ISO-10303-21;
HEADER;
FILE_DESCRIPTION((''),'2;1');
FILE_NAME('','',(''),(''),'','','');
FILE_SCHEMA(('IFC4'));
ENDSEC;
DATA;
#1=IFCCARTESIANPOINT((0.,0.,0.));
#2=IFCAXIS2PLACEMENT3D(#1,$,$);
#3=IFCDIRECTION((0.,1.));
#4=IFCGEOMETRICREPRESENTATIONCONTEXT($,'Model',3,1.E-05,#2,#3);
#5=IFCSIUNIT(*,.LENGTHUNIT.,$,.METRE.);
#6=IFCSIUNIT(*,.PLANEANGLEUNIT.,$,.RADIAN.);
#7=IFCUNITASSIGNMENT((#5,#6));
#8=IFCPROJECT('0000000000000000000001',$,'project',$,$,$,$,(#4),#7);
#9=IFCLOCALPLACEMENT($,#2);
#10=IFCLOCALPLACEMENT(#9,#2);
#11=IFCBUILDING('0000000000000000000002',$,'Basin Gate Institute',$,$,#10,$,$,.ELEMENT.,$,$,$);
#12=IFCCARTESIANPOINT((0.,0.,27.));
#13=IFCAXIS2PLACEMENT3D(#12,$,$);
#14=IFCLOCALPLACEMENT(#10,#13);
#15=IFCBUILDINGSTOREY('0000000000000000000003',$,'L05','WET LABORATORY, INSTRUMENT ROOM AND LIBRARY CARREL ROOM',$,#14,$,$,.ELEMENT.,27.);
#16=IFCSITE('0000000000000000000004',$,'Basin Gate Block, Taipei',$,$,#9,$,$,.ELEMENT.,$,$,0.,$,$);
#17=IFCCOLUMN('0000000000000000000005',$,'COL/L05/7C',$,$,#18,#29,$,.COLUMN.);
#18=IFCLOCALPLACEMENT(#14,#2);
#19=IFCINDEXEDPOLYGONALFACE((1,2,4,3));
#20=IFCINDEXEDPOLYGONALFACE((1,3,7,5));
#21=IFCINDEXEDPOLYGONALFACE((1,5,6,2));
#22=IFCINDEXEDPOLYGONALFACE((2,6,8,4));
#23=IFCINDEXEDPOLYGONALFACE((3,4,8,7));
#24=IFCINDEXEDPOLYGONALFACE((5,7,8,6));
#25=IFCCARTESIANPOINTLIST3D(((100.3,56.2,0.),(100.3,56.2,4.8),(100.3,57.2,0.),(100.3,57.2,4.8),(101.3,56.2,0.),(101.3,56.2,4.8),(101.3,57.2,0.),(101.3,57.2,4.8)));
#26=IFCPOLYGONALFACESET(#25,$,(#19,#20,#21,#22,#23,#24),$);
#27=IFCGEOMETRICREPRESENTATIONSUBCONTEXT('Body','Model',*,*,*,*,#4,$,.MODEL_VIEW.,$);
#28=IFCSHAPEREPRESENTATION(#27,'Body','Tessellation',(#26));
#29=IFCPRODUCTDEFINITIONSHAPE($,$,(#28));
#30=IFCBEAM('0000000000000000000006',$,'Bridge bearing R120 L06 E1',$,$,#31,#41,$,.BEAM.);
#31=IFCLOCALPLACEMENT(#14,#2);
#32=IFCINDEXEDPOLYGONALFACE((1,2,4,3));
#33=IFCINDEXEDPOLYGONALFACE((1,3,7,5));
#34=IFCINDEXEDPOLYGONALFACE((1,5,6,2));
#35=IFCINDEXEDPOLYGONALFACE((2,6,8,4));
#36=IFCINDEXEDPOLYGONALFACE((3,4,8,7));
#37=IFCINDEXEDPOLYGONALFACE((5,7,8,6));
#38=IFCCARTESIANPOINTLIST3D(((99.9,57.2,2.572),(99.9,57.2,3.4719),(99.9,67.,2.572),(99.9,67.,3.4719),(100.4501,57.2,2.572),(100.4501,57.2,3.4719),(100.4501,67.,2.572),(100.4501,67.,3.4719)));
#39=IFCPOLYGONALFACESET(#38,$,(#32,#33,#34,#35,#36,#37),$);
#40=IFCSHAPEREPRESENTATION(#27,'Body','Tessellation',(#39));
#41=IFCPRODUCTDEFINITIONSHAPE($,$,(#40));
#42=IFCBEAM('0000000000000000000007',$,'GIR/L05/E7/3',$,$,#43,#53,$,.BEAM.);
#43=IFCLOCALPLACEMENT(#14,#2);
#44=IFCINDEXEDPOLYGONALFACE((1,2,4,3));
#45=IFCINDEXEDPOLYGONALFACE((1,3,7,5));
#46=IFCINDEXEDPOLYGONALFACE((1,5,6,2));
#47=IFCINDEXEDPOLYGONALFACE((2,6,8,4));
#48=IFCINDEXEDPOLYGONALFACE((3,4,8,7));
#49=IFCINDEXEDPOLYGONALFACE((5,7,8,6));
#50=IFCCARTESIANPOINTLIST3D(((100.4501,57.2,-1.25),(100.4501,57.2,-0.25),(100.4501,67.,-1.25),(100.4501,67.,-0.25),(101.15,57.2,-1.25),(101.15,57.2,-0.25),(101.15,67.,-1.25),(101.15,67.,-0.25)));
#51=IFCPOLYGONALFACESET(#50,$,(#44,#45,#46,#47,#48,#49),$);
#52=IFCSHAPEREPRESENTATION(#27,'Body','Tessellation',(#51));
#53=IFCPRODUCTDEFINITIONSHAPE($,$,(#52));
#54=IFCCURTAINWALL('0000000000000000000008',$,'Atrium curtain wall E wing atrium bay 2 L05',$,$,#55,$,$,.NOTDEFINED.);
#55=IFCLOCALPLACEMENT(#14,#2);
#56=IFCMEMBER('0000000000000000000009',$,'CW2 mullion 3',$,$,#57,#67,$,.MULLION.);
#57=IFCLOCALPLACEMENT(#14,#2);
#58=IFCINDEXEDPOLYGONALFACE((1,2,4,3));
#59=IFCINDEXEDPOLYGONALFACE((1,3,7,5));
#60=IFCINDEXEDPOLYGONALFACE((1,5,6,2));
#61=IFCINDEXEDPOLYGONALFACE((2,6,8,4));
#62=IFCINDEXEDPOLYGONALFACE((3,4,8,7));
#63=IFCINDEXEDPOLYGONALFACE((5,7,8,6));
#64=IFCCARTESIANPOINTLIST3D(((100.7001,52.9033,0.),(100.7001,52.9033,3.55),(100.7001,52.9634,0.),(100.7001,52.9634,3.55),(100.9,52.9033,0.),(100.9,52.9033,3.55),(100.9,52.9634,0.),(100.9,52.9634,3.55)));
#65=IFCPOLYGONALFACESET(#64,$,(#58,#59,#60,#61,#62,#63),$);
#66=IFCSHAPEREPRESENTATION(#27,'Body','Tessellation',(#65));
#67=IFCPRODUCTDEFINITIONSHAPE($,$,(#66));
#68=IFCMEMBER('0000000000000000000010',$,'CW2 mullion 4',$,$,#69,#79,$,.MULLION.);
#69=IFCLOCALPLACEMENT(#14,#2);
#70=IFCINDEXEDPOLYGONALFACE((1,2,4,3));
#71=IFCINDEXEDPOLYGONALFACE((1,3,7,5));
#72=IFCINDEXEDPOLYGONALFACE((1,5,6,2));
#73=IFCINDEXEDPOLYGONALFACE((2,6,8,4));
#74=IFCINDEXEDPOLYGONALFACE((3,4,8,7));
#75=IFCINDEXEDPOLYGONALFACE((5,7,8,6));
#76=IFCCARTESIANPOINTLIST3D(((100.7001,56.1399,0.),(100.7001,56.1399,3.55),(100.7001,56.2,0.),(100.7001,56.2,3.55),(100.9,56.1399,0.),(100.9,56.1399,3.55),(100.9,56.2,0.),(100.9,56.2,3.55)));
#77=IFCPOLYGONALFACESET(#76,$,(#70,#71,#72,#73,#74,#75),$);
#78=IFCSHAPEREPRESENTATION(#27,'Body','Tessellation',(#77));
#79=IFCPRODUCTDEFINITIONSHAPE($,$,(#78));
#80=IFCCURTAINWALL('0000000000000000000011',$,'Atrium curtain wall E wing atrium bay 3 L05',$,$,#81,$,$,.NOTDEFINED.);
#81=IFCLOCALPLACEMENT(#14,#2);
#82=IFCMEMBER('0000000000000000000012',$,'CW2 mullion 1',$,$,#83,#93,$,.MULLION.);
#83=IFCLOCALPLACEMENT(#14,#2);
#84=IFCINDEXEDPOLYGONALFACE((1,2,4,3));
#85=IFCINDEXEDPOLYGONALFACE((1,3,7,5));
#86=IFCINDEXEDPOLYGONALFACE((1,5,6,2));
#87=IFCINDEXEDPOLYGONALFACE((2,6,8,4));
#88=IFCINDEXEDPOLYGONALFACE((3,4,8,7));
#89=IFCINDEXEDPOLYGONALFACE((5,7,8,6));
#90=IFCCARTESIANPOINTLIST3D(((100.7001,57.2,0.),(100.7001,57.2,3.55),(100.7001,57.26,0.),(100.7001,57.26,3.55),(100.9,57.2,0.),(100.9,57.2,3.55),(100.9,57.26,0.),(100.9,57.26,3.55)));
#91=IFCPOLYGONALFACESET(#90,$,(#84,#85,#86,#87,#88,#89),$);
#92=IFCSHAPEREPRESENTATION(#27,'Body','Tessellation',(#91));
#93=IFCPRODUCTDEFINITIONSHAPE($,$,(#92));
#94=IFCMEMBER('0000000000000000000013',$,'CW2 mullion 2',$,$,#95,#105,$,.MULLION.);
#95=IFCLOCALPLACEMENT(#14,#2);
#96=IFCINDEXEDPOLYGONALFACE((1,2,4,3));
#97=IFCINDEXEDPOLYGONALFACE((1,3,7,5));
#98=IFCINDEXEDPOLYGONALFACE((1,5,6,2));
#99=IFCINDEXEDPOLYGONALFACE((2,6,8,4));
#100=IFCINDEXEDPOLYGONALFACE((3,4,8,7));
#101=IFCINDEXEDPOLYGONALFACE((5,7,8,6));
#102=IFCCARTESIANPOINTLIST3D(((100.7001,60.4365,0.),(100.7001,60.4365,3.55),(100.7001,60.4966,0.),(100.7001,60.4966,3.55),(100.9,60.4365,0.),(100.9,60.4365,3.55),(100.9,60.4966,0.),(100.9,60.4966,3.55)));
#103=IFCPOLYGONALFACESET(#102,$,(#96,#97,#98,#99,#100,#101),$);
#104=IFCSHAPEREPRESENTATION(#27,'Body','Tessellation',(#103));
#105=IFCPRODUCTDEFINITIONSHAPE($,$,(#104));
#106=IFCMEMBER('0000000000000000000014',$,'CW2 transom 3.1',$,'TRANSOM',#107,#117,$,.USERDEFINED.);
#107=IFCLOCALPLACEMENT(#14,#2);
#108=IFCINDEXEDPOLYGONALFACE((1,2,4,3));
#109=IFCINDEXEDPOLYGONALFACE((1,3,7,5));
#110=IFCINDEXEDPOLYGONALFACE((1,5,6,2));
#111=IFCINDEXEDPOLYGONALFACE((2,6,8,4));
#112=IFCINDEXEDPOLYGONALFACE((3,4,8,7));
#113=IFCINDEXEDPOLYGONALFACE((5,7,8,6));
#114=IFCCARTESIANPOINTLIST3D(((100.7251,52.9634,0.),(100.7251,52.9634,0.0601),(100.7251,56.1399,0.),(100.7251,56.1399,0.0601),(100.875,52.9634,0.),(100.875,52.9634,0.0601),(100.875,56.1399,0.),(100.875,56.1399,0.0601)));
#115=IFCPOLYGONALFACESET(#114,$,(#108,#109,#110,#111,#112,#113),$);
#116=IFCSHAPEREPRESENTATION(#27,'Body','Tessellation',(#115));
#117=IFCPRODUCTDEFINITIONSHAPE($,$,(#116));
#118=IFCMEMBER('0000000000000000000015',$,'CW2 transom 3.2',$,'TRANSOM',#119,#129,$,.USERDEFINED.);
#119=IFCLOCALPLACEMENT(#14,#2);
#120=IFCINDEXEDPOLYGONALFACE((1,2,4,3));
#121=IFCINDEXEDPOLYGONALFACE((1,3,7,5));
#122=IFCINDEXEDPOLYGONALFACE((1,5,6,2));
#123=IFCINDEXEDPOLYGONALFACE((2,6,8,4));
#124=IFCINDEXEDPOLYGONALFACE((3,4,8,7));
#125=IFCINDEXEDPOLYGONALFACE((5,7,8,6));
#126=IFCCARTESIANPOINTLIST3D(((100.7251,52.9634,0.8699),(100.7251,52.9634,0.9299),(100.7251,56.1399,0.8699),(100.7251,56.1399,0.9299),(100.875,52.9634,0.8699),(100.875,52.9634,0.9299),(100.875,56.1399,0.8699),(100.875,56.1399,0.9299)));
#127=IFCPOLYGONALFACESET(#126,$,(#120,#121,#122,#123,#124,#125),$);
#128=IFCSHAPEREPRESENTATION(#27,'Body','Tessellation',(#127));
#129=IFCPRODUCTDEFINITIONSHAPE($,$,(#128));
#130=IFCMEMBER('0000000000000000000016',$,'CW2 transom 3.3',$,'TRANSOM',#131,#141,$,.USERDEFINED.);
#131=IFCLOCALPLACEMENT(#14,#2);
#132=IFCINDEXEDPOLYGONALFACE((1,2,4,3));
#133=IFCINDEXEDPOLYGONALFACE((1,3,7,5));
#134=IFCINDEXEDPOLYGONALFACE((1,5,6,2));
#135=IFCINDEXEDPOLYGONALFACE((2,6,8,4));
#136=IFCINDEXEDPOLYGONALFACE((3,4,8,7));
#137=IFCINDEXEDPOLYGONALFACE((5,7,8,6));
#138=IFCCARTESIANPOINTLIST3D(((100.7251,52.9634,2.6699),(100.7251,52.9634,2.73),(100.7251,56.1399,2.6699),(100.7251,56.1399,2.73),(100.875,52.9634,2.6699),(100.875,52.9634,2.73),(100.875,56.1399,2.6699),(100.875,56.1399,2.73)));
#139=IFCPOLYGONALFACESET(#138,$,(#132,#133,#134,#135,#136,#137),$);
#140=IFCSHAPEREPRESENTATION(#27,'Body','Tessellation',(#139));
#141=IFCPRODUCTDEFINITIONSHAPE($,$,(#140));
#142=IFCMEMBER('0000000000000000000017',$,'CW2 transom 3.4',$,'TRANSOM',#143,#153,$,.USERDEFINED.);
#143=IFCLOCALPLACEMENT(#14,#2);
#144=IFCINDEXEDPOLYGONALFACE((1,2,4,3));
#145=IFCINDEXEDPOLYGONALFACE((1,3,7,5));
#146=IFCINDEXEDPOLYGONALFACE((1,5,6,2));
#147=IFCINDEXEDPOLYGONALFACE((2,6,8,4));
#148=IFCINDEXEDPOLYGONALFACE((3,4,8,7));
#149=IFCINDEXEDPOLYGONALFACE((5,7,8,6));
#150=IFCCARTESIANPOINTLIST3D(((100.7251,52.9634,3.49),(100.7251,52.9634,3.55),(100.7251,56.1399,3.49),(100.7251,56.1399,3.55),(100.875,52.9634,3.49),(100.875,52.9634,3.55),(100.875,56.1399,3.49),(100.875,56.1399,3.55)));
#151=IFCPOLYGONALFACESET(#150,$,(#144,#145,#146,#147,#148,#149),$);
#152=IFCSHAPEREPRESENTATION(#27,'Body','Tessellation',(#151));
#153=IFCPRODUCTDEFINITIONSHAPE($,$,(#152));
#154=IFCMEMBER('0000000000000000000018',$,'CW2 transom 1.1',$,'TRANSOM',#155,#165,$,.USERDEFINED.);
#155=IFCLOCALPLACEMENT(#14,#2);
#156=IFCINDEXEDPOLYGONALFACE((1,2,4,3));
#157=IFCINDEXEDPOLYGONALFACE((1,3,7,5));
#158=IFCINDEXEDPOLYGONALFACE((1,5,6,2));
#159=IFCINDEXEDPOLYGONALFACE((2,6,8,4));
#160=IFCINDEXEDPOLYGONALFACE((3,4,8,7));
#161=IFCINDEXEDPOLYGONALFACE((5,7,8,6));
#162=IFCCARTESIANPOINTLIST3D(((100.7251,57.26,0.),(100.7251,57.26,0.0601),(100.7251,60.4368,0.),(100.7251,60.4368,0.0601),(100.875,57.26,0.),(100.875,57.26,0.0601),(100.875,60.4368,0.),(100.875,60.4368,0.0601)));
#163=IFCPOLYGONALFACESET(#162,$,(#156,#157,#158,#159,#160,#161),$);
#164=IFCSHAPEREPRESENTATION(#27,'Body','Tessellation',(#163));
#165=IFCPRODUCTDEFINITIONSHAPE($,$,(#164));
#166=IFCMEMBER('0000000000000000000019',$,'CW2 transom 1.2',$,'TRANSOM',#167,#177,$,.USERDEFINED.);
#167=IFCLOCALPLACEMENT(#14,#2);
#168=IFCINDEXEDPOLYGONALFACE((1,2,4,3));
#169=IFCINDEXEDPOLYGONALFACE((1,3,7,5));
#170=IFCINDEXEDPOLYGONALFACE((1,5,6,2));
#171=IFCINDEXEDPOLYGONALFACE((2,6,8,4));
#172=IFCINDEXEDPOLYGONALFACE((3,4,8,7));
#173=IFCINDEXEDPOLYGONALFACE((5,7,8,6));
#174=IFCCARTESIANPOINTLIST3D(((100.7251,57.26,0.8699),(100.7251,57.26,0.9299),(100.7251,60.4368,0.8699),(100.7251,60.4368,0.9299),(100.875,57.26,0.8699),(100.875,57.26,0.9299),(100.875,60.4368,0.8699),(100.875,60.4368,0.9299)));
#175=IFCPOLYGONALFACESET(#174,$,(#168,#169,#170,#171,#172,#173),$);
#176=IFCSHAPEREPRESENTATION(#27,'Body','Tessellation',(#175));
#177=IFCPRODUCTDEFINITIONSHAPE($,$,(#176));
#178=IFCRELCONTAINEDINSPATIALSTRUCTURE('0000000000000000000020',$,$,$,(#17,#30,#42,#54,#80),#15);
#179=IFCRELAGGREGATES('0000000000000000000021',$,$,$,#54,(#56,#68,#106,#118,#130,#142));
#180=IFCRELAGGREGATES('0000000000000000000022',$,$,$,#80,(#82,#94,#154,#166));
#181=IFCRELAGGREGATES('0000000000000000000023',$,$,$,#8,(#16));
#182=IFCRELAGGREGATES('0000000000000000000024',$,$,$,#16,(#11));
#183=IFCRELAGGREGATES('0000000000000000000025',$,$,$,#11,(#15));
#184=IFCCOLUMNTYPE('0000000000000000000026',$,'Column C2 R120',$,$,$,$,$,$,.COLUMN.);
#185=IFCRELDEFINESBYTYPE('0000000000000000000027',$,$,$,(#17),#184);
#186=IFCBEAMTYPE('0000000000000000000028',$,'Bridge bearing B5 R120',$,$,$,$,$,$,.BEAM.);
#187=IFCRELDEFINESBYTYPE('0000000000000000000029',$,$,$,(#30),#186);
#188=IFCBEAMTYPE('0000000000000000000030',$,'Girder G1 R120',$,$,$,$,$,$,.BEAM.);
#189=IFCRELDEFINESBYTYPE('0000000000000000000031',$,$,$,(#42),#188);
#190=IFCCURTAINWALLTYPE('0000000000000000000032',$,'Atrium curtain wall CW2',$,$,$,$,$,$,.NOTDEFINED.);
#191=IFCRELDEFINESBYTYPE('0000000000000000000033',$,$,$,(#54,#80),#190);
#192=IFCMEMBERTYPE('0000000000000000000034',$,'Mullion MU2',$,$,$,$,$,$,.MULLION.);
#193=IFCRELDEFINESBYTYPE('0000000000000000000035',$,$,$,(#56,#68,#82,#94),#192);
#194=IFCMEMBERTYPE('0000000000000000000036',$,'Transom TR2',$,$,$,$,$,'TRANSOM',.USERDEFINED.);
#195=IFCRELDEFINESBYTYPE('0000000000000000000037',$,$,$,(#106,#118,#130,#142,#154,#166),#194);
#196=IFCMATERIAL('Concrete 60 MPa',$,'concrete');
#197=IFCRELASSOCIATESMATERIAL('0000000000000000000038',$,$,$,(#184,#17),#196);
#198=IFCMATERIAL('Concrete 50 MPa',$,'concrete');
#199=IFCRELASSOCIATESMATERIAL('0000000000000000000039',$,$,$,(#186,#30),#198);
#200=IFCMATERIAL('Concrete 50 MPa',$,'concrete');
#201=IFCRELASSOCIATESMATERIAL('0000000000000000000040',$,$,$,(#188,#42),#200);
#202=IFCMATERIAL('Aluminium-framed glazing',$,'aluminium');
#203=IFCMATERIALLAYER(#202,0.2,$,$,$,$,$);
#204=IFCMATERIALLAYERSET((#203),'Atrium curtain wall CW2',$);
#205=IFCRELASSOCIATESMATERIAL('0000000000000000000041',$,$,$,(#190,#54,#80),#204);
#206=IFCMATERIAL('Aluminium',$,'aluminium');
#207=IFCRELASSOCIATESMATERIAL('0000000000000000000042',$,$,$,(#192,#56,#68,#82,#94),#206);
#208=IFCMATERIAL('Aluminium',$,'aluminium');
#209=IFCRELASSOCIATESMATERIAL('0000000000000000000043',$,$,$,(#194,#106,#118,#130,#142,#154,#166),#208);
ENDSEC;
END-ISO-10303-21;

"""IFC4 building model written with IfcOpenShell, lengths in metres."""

from ifc_helpers import new_model, si_unit, direction, frame, origin, origin_2d, place, context, subcontext, project, spatial, rectangle, extrude, material, layer, layer_set, material_profile, profile_set, type_object, element, aggregate, save


model = new_model("IFC4")

# Units and contexts
model_context = context("Model", 3, precision=1e-05, world=origin(), true_north=direction((0.0, 1.0)))
body_context = subcontext(model_context, "Body", "Model", "MODEL_VIEW")
ifc_project = project(units=[si_unit("LENGTHUNIT", "METRE"), si_unit("PLANEANGLEUNIT", "RADIAN")], contexts=[model_context])

# Site, building, storey
site_placement = place(None, origin())
site = spatial("IfcSite", under=ifc_project, at=site_placement, Name="Basin Gate Block, Taipei", CompositionType="ELEMENT", RefElevation=0.0)
building_placement = place(site_placement, origin())
building = spatial("IfcBuilding", under=site, at=building_placement, Name="Basin Gate Institute", CompositionType="ELEMENT")
storey_placement = place(building_placement, frame((0.0, 0.0, 27.0)))
storey = spatial("IfcBuildingStorey", under=building, at=storey_placement, Name="L05", Description="WET LABORATORY, INSTRUMENT ROOM AND LIBRARY CARREL ROOM", CompositionType="ELEMENT", Elevation=27.0)

# Column
ifc_material_1 = material(Name="Concrete 60 MPa", Category="concrete")
ifc_material_profile_1 = material_profile(ifc_material_1, rectangle(XDim=1.0, YDim=1.0, at=origin_2d()), Name="Column C2 1000 x 1000")
ifc_profile_set_1 = profile_set([ifc_material_profile_1], Name="Concrete 60 MPa")
column_type = type_object("IfcColumnType", Name="Column C2 R120", PredefinedType="COLUMN", material=ifc_profile_set_1)
column_placement = place(storey_placement, frame((100.8, 56.7, 0.0), z_axis=(0.0, 0.0, 1.0), x_axis=(1.0, 0.0, 0.0)))
element("IfcColumn", 1, at=column_placement, inside=storey, type_object=column_type, material=ifc_profile_set_1, Name="COL/L05/7C", PredefinedType="COLUMN", context=body_context, shape_type="SweptSolid", body=[
    extrude(rectangle(XDim=1.0, YDim=1.0, at=origin_2d()), origin(), (0.0, 0.0, 1.0), 4.8),
])

# Beams
ifc_material_2 = material(Name="Concrete 50 MPa", Category="concrete")
ifc_material_profile_2 = material_profile(ifc_material_2, rectangle(XDim=0.55, YDim=0.8999, at=origin_2d()), Name="Bridge bearing B5 550 x 900")
ifc_profile_set_2 = profile_set([ifc_material_profile_2], Name="Concrete 50 MPa")
beam_type_1 = type_object("IfcBeamType", Name="Bridge bearing B5 R120", PredefinedType="BEAM", material=ifc_profile_set_2)
beam_1_placement = place(storey_placement, frame((100.175, 57.2, 3.022), z_axis=(0.0, 1.0, 0.0), x_axis=(-1.0, 0.0, 0.0)))
element("IfcBeam", 2, at=beam_1_placement, inside=storey, type_object=beam_type_1, material=ifc_profile_set_2, Name="Bridge bearing R120 L06 E1", PredefinedType="BEAM", context=body_context, shape_type="SweptSolid", body=[
    extrude(rectangle(XDim=0.55, YDim=0.8999, at=origin_2d()), origin(), (0.0, 0.0, 1.0), 9.8),
])
ifc_material_3 = material(Name="Concrete 50 MPa", Category="concrete")
ifc_material_profile_3 = material_profile(ifc_material_3, rectangle(XDim=0.7, YDim=1.0, at=origin_2d()), Name="Girder G1 700 x 1000")
ifc_profile_set_3 = profile_set([ifc_material_profile_3], Name="Concrete 50 MPa")
beam_type_2 = type_object("IfcBeamType", Name="Girder G1 R120", PredefinedType="BEAM", material=ifc_profile_set_3)
beam_2_placement = place(storey_placement, frame((100.8, 57.2, -0.75), z_axis=(0.0, 1.0, 0.0), x_axis=(-1.0, 0.0, 0.0)))
element("IfcBeam", 3, at=beam_2_placement, inside=storey, type_object=beam_type_2, material=ifc_profile_set_3, Name="GIR/L05/E7/3", PredefinedType="BEAM", context=body_context, shape_type="SweptSolid", body=[
    extrude(rectangle(XDim=0.7, YDim=1.0, at=origin_2d()), origin(), (0.0, 0.0, 1.0), 9.8),
])

# Curtain walls, members
ifc_material_4 = material(Name="Aluminium-framed glazing", Category="aluminium")
ifc_layer_1 = layer(ifc_material_4, 0.2)
ifc_layer_set_1 = layer_set([ifc_layer_1], Name="Atrium curtain wall CW2")
curtain_wall_type = type_object("IfcCurtainWallType", Name="Atrium curtain wall CW2", PredefinedType="NOTDEFINED", material=ifc_layer_set_1)
curtain_wall_1_placement = place(storey_placement, origin())
curtain_wall_1 = element("IfcCurtainWall", 4, at=curtain_wall_1_placement, inside=storey, type_object=curtain_wall_type, material=ifc_layer_set_1, Name="Atrium curtain wall E wing atrium bay 2 L05", PredefinedType="NOTDEFINED")
ifc_material_5 = material(Name="Aluminium", Category="aluminium")
ifc_material_profile_4 = material_profile(ifc_material_5, rectangle(XDim=0.2, YDim=0.0601, at=origin_2d()), Name="Mullion MU2 200 x 60")
ifc_profile_set_4 = profile_set([ifc_material_profile_4], Name="Aluminium")
member_type_1 = type_object("IfcMemberType", Name="Mullion MU2", PredefinedType="MULLION", material=ifc_profile_set_4)
member_1_placement = place(storey_placement, frame((100.8, 52.9333, 0.0), z_axis=(0.0, 0.0, 1.0), x_axis=(-1.0, 0.0, 0.0)))
member_1 = element("IfcMember", 5, at=member_1_placement, type_object=member_type_1, material=ifc_profile_set_4, Name="CW2 mullion 3", PredefinedType="MULLION", context=body_context, shape_type="SweptSolid", body=[
    extrude(rectangle(XDim=0.2, YDim=0.0601, at=origin_2d()), origin(), (0.0, 0.0, 1.0), 3.55),
])
member_2_placement = place(storey_placement, frame((100.8, 56.1699, 0.0), z_axis=(0.0, 0.0, 1.0), x_axis=(-1.0, 0.0, 0.0)))
member_2 = element("IfcMember", 6, at=member_2_placement, type_object=member_type_1, material=ifc_profile_set_4, Name="CW2 mullion 4", PredefinedType="MULLION", context=body_context, shape_type="SweptSolid", body=[
    extrude(rectangle(XDim=0.2, YDim=0.0601, at=origin_2d()), origin(), (0.0, 0.0, 1.0), 3.55),
])
curtain_wall_2_placement = place(storey_placement, origin())
curtain_wall_2 = element("IfcCurtainWall", 7, at=curtain_wall_2_placement, inside=storey, type_object=curtain_wall_type, material=ifc_layer_set_1, Name="Atrium curtain wall E wing atrium bay 3 L05", PredefinedType="NOTDEFINED")
member_3_placement = place(storey_placement, frame((100.8, 57.23, 0.0), z_axis=(0.0, 0.0, 1.0), x_axis=(-1.0, 0.0, 0.0)))
member_3 = element("IfcMember", 8, at=member_3_placement, type_object=member_type_1, material=ifc_profile_set_4, Name="CW2 mullion 1", PredefinedType="MULLION", context=body_context, shape_type="SweptSolid", body=[
    extrude(rectangle(XDim=0.2, YDim=0.0601, at=origin_2d()), origin(), (0.0, 0.0, 1.0), 3.55),
])
member_4_placement = place(storey_placement, frame((100.8, 60.4666, 0.0), z_axis=(0.0, 0.0, 1.0), x_axis=(-1.0, 0.0, 0.0)))
member_4 = element("IfcMember", 9, at=member_4_placement, type_object=member_type_1, material=ifc_profile_set_4, Name="CW2 mullion 2", PredefinedType="MULLION", context=body_context, shape_type="SweptSolid", body=[
    extrude(rectangle(XDim=0.2, YDim=0.0601, at=origin_2d()), origin(), (0.0, 0.0, 1.0), 3.55),
])

# Members
ifc_material_6 = material(Name="Aluminium", Category="aluminium")
ifc_material_profile_5 = material_profile(ifc_material_6, rectangle(XDim=0.1499, YDim=0.0601, at=origin_2d()), Name="Transom TR2 150 x 60")
ifc_profile_set_5 = profile_set([ifc_material_profile_5], Name="Aluminium")
member_type_2 = type_object("IfcMemberType", Name="Transom TR2", ElementType="TRANSOM", PredefinedType="USERDEFINED", material=ifc_profile_set_5)
member_5_placement = place(storey_placement, frame((100.8, 52.9634, 0.03), z_axis=(0.0, 1.0, 0.0), x_axis=(-1.0, 0.0, 0.0)))
member_5 = element("IfcMember", 10, at=member_5_placement, type_object=member_type_2, material=ifc_profile_set_5, Name="CW2 transom 3.1", ObjectType="TRANSOM", PredefinedType="USERDEFINED", context=body_context, shape_type="SweptSolid", body=[
    extrude(rectangle(XDim=0.1499, YDim=0.0601, at=origin_2d()), origin(), (0.0, 0.0, 1.0), 3.1765),
])
member_6_placement = place(storey_placement, frame((100.8, 52.9634, 0.8999), z_axis=(0.0, 1.0, 0.0), x_axis=(-1.0, 0.0, 0.0)))
member_6 = element("IfcMember", 11, at=member_6_placement, type_object=member_type_2, material=ifc_profile_set_5, Name="CW2 transom 3.2", ObjectType="TRANSOM", PredefinedType="USERDEFINED", context=body_context, shape_type="SweptSolid", body=[
    extrude(rectangle(XDim=0.1499, YDim=0.0601, at=origin_2d()), origin(), (0.0, 0.0, 1.0), 3.1765),
])
member_7_placement = place(storey_placement, frame((100.8, 52.9634, 2.7), z_axis=(0.0, 1.0, 0.0), x_axis=(-1.0, 0.0, 0.0)))
member_7 = element("IfcMember", 12, at=member_7_placement, type_object=member_type_2, material=ifc_profile_set_5, Name="CW2 transom 3.3", ObjectType="TRANSOM", PredefinedType="USERDEFINED", context=body_context, shape_type="SweptSolid", body=[
    extrude(rectangle(XDim=0.1499, YDim=0.0601, at=origin_2d()), origin(), (0.0, 0.0, 1.0), 3.1765),
])
member_8_placement = place(storey_placement, frame((100.8, 52.9634, 3.52), z_axis=(0.0, 1.0, 0.0), x_axis=(-1.0, 0.0, 0.0)))
member_8 = element("IfcMember", 13, at=member_8_placement, type_object=member_type_2, material=ifc_profile_set_5, Name="CW2 transom 3.4", ObjectType="TRANSOM", PredefinedType="USERDEFINED", context=body_context, shape_type="SweptSolid", body=[
    extrude(rectangle(XDim=0.1499, YDim=0.0601, at=origin_2d()), origin(), (0.0, 0.0, 1.0), 3.1765),
])
member_9_placement = place(storey_placement, frame((100.8, 57.26, 0.03), z_axis=(0.0, 1.0, 0.0), x_axis=(-1.0, 0.0, 0.0)))
member_9 = element("IfcMember", 14, at=member_9_placement, type_object=member_type_2, material=ifc_profile_set_5, Name="CW2 transom 1.1", ObjectType="TRANSOM", PredefinedType="USERDEFINED", context=body_context, shape_type="SweptSolid", body=[
    extrude(rectangle(XDim=0.1499, YDim=0.0601, at=origin_2d()), origin(), (0.0, 0.0, 1.0), 3.1768),
])
member_10_placement = place(storey_placement, frame((100.8, 57.26, 0.8999), z_axis=(0.0, 1.0, 0.0), x_axis=(-1.0, 0.0, 0.0)))
member_10 = element("IfcMember", 15, at=member_10_placement, type_object=member_type_2, material=ifc_profile_set_5, Name="CW2 transom 1.2", ObjectType="TRANSOM", PredefinedType="USERDEFINED", context=body_context, shape_type="SweptSolid", body=[
    extrude(rectangle(XDim=0.1499, YDim=0.0601, at=origin_2d()), origin(), (0.0, 0.0, 1.0), 3.1768),
])

aggregate(curtain_wall_1, [member_1, member_2, member_5, member_6, member_7, member_8])
aggregate(curtain_wall_2, [member_3, member_4, member_9, member_10])

save(model, "model.ifc")
